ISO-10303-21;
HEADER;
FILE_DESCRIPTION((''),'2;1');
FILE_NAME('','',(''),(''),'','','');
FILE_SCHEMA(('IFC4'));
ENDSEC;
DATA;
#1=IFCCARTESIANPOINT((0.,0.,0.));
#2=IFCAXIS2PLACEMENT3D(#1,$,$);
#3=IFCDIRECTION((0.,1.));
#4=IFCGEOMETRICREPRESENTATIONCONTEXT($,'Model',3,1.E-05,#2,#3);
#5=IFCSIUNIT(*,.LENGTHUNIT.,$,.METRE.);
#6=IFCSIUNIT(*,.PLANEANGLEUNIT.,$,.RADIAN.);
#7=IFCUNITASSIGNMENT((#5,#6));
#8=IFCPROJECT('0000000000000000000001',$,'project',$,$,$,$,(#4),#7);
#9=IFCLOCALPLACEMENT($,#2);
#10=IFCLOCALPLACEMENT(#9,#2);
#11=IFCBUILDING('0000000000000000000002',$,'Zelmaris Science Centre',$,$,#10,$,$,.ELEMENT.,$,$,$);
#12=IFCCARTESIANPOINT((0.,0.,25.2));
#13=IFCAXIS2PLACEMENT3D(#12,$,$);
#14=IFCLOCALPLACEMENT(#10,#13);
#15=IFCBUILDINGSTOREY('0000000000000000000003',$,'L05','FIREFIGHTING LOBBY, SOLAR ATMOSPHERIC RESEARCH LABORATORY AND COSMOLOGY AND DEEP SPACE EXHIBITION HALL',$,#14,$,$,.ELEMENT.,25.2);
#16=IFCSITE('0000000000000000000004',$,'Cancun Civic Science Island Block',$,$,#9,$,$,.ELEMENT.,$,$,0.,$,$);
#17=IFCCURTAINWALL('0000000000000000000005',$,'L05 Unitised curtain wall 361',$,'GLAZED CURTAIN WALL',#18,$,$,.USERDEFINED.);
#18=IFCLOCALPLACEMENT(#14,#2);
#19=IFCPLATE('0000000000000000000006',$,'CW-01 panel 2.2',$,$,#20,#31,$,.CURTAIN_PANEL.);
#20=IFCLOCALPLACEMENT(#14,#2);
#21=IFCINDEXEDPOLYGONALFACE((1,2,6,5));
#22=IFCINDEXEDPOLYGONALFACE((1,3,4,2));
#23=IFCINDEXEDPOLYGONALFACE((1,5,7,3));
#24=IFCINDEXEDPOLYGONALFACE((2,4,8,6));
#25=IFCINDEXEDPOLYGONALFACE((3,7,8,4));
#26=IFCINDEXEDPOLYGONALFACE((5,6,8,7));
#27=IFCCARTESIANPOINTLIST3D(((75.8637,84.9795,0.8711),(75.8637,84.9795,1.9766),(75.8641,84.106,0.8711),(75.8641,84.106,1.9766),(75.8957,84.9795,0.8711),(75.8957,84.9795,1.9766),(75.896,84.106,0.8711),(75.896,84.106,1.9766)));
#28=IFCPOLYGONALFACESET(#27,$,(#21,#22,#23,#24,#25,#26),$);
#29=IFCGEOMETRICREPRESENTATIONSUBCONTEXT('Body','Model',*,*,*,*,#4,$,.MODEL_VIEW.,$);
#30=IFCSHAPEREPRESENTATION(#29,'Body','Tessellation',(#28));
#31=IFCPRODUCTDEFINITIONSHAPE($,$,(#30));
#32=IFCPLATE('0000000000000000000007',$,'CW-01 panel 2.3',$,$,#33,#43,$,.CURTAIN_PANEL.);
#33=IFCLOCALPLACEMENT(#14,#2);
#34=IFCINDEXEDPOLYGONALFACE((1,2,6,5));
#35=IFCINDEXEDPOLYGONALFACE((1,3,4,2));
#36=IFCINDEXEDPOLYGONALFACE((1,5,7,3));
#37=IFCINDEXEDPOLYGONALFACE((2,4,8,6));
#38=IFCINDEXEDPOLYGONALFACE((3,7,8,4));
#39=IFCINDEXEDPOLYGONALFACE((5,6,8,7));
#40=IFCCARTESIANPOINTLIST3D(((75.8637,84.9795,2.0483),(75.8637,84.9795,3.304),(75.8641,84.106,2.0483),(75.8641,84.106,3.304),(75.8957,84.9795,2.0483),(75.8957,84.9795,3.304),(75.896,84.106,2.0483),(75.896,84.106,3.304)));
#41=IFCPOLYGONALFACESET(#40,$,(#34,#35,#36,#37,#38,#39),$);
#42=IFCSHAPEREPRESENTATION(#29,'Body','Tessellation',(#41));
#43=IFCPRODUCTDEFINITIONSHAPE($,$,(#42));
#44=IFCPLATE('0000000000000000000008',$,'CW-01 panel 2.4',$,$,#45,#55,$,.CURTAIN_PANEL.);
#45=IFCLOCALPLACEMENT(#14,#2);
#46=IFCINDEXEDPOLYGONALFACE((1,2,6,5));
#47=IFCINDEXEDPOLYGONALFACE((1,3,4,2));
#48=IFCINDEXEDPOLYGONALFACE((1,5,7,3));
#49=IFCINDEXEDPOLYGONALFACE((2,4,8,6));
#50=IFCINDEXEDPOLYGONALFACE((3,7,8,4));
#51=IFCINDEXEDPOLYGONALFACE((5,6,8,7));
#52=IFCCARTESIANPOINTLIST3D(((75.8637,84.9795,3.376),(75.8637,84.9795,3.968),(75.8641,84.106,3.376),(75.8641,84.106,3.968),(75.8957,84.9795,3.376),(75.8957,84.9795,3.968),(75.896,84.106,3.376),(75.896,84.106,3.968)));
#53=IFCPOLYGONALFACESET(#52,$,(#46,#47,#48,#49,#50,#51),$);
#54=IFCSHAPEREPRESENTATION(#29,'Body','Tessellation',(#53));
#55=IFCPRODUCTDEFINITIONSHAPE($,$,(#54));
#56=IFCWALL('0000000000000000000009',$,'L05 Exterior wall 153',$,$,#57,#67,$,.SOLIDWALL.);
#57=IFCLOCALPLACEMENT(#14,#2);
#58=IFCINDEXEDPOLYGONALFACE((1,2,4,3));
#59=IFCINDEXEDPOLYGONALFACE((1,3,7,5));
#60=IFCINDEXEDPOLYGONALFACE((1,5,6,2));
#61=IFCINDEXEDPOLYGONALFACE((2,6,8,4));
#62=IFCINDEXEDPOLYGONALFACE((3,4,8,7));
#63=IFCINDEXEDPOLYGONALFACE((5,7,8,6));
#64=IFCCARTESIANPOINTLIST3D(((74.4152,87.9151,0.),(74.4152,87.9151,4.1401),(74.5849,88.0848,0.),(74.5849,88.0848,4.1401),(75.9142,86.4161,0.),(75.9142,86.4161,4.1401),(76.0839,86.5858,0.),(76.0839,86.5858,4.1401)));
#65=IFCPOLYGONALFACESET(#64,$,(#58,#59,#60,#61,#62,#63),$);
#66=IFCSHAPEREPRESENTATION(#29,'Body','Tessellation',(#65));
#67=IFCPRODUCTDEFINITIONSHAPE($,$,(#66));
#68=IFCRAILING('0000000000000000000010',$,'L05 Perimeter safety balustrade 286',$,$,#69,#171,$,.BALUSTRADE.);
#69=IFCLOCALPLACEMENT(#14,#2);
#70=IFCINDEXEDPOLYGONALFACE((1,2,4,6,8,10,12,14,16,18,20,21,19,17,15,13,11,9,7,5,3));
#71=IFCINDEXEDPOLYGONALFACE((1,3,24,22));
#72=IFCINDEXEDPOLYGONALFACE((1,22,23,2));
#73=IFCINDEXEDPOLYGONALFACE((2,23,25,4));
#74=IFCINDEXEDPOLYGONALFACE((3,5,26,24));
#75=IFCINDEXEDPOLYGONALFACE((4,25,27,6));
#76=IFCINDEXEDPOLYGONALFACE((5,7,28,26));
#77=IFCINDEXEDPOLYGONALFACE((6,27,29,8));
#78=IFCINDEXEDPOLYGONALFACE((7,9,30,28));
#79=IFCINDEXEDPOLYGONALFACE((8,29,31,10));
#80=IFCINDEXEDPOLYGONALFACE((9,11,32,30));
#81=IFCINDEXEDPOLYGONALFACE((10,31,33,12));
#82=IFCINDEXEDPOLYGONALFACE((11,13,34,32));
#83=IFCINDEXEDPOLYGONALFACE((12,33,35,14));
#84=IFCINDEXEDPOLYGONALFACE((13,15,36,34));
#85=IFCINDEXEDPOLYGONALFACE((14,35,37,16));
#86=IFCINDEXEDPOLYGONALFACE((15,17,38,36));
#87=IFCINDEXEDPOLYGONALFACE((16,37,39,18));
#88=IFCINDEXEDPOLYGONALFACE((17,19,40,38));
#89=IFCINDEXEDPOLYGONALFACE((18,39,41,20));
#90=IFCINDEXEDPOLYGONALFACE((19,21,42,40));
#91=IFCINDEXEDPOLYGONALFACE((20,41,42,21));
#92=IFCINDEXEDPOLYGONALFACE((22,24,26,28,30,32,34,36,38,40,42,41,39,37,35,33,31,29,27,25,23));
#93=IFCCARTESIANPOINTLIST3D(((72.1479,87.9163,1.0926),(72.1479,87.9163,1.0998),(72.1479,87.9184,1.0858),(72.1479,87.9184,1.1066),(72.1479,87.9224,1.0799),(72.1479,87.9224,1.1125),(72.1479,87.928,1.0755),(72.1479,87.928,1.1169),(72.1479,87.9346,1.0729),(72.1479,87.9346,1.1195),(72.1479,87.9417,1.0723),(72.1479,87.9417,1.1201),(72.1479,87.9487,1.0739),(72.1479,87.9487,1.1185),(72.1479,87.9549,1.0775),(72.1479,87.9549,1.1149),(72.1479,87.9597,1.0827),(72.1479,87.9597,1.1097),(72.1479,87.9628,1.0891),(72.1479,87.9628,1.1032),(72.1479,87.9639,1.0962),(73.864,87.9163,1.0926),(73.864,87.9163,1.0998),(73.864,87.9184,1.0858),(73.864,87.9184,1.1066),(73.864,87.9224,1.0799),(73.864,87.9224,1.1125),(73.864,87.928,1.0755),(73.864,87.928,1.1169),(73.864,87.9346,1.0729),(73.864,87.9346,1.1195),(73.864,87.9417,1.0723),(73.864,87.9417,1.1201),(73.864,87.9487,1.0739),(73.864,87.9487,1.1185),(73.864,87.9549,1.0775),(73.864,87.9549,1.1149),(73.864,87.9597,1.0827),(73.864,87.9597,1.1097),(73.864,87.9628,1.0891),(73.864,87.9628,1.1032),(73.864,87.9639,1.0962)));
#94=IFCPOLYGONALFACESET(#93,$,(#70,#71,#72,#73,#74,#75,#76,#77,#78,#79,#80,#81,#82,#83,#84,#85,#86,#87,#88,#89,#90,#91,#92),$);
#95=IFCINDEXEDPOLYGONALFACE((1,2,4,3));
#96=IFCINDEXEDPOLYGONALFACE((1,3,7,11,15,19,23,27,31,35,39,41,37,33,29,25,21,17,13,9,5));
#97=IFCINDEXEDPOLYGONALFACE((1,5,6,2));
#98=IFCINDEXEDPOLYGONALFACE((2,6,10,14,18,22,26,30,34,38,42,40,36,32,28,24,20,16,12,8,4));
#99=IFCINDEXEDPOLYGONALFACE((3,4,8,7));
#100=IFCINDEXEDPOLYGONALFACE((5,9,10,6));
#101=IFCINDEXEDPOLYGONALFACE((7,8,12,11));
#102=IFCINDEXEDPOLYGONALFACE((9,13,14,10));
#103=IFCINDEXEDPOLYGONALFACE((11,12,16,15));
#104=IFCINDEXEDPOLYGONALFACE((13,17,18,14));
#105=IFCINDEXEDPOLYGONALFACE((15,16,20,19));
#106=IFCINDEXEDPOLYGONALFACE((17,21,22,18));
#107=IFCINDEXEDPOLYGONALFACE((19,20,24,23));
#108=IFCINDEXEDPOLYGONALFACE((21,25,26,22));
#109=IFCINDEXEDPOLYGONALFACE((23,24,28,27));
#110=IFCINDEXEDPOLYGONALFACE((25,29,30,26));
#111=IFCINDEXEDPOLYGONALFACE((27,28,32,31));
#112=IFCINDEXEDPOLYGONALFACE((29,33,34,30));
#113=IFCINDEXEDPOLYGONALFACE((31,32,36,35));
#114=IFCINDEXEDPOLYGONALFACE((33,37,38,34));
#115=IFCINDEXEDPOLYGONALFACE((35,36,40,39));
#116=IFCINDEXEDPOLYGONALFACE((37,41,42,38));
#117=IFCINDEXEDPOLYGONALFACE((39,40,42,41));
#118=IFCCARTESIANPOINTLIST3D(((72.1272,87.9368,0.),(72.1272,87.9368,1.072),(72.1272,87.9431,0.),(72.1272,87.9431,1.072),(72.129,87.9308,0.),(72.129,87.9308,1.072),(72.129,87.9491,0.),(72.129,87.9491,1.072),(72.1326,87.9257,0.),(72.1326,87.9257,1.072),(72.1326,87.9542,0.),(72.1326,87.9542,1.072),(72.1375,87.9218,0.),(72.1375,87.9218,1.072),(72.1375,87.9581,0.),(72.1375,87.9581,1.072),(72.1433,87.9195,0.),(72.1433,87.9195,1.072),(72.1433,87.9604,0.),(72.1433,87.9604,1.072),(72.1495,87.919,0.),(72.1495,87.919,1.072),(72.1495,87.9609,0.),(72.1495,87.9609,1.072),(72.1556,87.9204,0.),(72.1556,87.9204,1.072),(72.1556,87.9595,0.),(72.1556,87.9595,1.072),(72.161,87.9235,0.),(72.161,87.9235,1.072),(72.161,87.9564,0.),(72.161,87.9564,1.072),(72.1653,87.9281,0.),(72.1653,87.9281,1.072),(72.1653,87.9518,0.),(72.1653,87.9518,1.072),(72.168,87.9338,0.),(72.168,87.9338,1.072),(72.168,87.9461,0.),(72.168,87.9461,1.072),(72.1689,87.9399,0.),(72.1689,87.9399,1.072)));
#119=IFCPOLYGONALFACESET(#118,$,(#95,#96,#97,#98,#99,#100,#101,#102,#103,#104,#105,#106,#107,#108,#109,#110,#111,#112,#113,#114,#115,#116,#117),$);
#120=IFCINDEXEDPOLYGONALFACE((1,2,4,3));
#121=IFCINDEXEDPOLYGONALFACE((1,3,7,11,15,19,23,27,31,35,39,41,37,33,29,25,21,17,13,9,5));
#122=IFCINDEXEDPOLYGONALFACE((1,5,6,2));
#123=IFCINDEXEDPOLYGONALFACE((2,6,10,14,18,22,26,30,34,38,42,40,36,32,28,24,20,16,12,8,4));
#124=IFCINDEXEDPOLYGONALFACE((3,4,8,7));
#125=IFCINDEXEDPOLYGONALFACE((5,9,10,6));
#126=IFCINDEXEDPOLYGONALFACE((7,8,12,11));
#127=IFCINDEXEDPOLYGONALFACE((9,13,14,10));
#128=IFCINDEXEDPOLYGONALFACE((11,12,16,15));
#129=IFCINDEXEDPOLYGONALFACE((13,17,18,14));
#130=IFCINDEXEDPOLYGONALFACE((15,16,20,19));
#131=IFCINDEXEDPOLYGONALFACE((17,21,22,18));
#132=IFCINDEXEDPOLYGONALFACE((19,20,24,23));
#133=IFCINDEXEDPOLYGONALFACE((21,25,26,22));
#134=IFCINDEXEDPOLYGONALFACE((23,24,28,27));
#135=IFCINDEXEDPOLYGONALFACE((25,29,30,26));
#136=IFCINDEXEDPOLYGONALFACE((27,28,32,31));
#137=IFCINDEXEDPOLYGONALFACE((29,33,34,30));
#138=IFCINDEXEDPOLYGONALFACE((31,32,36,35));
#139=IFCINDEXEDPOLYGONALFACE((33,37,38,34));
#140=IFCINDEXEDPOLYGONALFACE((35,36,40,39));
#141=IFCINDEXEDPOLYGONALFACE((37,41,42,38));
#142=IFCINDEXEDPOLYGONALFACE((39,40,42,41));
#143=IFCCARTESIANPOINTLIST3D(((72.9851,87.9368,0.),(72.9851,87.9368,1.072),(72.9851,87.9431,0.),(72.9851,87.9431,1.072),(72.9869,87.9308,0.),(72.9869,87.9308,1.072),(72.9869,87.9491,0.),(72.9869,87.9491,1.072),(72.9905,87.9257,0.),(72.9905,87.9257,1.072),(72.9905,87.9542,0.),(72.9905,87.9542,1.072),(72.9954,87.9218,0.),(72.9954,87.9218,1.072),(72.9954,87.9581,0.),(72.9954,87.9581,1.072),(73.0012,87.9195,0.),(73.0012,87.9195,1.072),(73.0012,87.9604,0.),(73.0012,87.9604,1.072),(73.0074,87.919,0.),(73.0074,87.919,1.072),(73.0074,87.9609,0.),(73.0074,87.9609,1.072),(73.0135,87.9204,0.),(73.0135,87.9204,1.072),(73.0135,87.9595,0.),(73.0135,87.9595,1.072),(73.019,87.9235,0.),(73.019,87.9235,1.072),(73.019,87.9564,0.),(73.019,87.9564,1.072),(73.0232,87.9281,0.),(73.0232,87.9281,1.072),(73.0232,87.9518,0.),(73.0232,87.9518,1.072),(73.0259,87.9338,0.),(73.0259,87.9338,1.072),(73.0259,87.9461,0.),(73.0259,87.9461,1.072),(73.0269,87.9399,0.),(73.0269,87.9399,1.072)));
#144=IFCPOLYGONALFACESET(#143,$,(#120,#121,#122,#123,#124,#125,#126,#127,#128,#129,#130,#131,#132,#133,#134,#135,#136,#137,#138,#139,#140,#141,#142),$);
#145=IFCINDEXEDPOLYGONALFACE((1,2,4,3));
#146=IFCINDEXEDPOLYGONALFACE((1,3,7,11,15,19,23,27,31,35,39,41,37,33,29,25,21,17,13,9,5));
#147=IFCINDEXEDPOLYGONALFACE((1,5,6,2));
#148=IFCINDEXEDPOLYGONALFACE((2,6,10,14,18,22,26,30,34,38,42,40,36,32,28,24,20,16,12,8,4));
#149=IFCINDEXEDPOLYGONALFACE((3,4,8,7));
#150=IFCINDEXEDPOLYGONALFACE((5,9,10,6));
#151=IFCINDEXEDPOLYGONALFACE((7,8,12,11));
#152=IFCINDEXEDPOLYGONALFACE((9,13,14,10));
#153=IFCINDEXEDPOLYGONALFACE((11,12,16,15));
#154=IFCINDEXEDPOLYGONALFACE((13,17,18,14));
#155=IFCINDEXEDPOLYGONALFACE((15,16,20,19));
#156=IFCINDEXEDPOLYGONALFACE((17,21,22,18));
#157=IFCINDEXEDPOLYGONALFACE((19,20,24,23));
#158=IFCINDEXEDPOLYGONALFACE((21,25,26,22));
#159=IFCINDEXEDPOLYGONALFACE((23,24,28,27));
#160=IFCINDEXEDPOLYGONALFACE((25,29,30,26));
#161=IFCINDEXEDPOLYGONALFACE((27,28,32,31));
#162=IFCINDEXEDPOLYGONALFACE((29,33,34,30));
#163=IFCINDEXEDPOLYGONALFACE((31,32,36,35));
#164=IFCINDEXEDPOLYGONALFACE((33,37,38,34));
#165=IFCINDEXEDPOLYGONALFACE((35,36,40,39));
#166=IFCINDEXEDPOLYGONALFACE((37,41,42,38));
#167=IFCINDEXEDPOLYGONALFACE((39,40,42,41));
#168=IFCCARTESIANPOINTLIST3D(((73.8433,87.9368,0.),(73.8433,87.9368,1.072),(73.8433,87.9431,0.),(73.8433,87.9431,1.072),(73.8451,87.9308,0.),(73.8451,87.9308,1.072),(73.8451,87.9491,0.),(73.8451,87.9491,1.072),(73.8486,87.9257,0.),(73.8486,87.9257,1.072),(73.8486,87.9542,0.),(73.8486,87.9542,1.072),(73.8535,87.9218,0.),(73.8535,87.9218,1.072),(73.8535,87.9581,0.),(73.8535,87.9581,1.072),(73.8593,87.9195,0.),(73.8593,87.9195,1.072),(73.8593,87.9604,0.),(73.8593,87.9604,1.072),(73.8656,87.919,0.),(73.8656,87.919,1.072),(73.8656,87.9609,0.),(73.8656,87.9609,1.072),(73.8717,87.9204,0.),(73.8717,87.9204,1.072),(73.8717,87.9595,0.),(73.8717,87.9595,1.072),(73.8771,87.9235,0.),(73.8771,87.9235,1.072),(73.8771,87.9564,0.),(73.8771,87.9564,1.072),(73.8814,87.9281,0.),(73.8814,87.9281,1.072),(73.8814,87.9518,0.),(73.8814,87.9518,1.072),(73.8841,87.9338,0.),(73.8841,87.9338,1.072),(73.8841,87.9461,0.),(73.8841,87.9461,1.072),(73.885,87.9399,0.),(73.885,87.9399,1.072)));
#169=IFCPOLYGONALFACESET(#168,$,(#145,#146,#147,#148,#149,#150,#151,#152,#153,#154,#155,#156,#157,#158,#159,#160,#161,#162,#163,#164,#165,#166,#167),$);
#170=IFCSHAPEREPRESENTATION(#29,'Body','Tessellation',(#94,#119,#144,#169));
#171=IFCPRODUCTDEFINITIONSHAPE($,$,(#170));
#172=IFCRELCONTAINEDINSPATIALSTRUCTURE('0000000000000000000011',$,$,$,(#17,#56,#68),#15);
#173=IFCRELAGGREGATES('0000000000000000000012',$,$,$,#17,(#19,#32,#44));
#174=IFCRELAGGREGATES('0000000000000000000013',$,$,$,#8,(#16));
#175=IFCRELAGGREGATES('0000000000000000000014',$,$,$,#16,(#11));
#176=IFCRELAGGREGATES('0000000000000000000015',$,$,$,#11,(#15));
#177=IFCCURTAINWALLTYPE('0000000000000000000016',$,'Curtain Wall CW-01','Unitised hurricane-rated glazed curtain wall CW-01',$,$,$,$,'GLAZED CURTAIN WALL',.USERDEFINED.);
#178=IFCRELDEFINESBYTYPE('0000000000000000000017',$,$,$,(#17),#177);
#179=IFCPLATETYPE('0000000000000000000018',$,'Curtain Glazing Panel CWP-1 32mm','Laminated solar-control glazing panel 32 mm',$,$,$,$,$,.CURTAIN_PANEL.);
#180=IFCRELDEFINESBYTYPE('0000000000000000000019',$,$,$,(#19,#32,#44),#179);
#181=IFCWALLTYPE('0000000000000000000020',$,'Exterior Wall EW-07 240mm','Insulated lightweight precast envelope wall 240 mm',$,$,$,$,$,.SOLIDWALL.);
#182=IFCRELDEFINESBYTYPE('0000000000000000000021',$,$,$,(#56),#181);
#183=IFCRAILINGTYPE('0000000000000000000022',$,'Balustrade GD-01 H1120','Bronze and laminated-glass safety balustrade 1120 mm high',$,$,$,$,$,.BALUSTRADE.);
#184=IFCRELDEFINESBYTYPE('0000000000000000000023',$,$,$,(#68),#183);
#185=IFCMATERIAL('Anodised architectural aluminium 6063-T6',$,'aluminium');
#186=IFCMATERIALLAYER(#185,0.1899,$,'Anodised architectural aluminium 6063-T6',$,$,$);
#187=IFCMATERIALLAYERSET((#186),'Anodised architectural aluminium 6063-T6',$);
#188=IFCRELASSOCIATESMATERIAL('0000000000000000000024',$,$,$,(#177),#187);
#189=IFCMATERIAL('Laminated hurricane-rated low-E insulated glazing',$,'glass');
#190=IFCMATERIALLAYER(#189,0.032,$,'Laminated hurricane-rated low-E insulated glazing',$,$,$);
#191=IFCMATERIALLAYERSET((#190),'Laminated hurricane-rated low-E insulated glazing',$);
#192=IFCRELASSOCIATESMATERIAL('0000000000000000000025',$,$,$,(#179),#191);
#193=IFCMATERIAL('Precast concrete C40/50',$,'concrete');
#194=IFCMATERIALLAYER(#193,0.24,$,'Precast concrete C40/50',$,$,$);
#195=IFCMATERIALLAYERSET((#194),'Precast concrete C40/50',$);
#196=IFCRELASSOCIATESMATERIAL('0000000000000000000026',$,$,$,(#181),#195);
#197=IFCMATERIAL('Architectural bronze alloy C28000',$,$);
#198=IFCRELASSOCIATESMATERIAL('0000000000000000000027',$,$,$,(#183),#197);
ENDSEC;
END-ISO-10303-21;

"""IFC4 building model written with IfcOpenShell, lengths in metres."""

from ifc_helpers import new_model, si_unit, direction, frame, frame_2d, origin, origin_2d, place, context, subcontext, project, spatial, rectangle, circle, extrude, material, layer, layer_set, type_object, element, aggregate, save


model = new_model("IFC4")

# Units and contexts
model_context = context("Model", 3, precision=1e-05, world=origin(), true_north=direction((0.0, 1.0)))
body_context = subcontext(model_context, "Body", "Model", "MODEL_VIEW")
ifc_project = project(units=[si_unit("LENGTHUNIT", "METRE"), si_unit("PLANEANGLEUNIT", "RADIAN")], contexts=[model_context])

# Site, building, storey
site_placement = place(None, origin())
site = spatial("IfcSite", under=ifc_project, at=site_placement, Name="Cancun Civic Science Island Block", CompositionType="ELEMENT", RefElevation=0.0)
building_placement = place(site_placement, origin())
building = spatial("IfcBuilding", under=site, at=building_placement, Name="Zelmaris Science Centre", CompositionType="ELEMENT")
storey_placement = place(building_placement, frame((0.0, 0.0, 25.2)))
storey = spatial("IfcBuildingStorey", under=building, at=storey_placement, Name="L05", Description="FIREFIGHTING LOBBY, SOLAR ATMOSPHERIC RESEARCH LABORATORY AND COSMOLOGY AND DEEP SPACE EXHIBITION HALL", CompositionType="ELEMENT", Elevation=25.2)

# Curtain wall, plates
ifc_material_1 = material(Name="Anodised architectural aluminium 6063-T6", Category="aluminium")
ifc_layer_1 = layer(ifc_material_1, 0.1899, Name="Anodised architectural aluminium 6063-T6")
ifc_layer_set_1 = layer_set([ifc_layer_1], Name="Anodised architectural aluminium 6063-T6")
curtain_wall_type = type_object("IfcCurtainWallType", Name="Curtain Wall CW-01", Description="Unitised hurricane-rated glazed curtain wall CW-01", ElementType="GLAZED CURTAIN WALL", PredefinedType="USERDEFINED", material=ifc_layer_set_1)
curtain_wall_placement = place(storey_placement, origin())
curtain_wall = element("IfcCurtainWall", 1, at=curtain_wall_placement, inside=storey, type_object=curtain_wall_type, Name="L05 Unitised curtain wall 361", ObjectType="GLAZED CURTAIN WALL", PredefinedType="USERDEFINED")
ifc_material_2 = material(Name="Laminated hurricane-rated low-E insulated glazing", Category="glass")
ifc_layer_2 = layer(ifc_material_2, 0.032, Name="Laminated hurricane-rated low-E insulated glazing")
ifc_layer_set_2 = layer_set([ifc_layer_2], Name="Laminated hurricane-rated low-E insulated glazing")
plate_type = type_object("IfcPlateType", Name="Curtain Glazing Panel CWP-1 32mm", Description="Laminated solar-control glazing panel 32 mm", PredefinedType="CURTAIN_PANEL", material=ifc_layer_set_2)
plate_1_placement = place(storey_placement, frame((75.8799, 84.5427, 0.8711), z_axis=(0.0, 0.0, 1.0), x_axis=(0.000397, -1.0, 0.0)))
plate_1 = element("IfcPlate", 2, at=plate_1_placement, type_object=plate_type, Name="CW-01 panel 2.2", PredefinedType="CURTAIN_PANEL", context=body_context, shape_type="SweptSolid", body=[
    extrude(rectangle(XDim=0.8735, YDim=0.032, at=origin_2d()), origin(), (0.0, 0.0, 1.0), 1.1055),
])
plate_2_placement = place(storey_placement, frame((75.8799, 84.5427, 2.0483), z_axis=(0.0, 0.0, 1.0), x_axis=(0.000397, -1.0, 0.0)))
plate_2 = element("IfcPlate", 3, at=plate_2_placement, type_object=plate_type, Name="CW-01 panel 2.3", PredefinedType="CURTAIN_PANEL", context=body_context, shape_type="SweptSolid", body=[
    extrude(rectangle(XDim=0.8735, YDim=0.032, at=origin_2d()), origin(), (0.0, 0.0, 1.0), 1.2556),
])
plate_3_placement = place(storey_placement, frame((75.8799, 84.5427, 3.376), z_axis=(0.0, 0.0, 1.0), x_axis=(0.000397, -1.0, 0.0)))
plate_3 = element("IfcPlate", 4, at=plate_3_placement, type_object=plate_type, Name="CW-01 panel 2.4", PredefinedType="CURTAIN_PANEL", context=body_context, shape_type="SweptSolid", body=[
    extrude(rectangle(XDim=0.8735, YDim=0.032, at=origin_2d()), origin(), (0.0, 0.0, 1.0), 0.592),
])
aggregate(curtain_wall, [plate_1, plate_2, plate_3])

# Wall
ifc_material_3 = material(Name="Precast concrete C40/50", Category="concrete")
ifc_layer_3 = layer(ifc_material_3, 0.24, Name="Precast concrete C40/50")
ifc_layer_set_3 = layer_set([ifc_layer_3], Name="Precast concrete C40/50")
wall_type = type_object("IfcWallType", Name="Exterior Wall EW-07 240mm", Description="Insulated lightweight precast envelope wall 240 mm", PredefinedType="SOLIDWALL", material=ifc_layer_set_3)
wall_placement = place(storey_placement, frame((74.5, 88.0, 0.0), z_axis=(0.0, 0.0, 1.0), x_axis=(0.707107, -0.707107, 0.0)))
element("IfcWall", 5, at=wall_placement, inside=storey, type_object=wall_type, Name="L05 Exterior wall 153", PredefinedType="SOLIDWALL", context=body_context, shape_type="SweptSolid", body=[
    extrude(rectangle(XDim=2.1199, YDim=0.24, at=frame_2d((1.0601, 0.0))), origin(), (0.0, 0.0, 1.0), 4.1401),
])

# Railing
ifc_material_4 = material(Name="Architectural bronze alloy C28000")
railing_type = type_object("IfcRailingType", Name="Balustrade GD-01 H1120", Description="Bronze and laminated-glass safety balustrade 1120 mm high", PredefinedType="BALUSTRADE", material=ifc_material_4)
railing_placement = place(storey_placement, frame((72.1479, 87.9399, 0.0)))
element("IfcRailing", 6, at=railing_placement, inside=storey, type_object=railing_type, Name="L05 Perimeter safety balustrade 286", PredefinedType="BALUSTRADE", context=body_context, shape_type="SweptSolid", body=[
    extrude(circle(Radius=0.0239, at=origin_2d()), frame((0.0, 0.0, 1.0962), z_axis=(1.0, 0.0, 0.0), x_axis=(0.0, 1.0, 0.0)), (0.0, 0.0, 1.0), 1.7161),
    extrude(circle(Radius=0.021, at=origin_2d()), origin(), (0.0, 0.0, 1.0), 1.072),
    extrude(circle(Radius=0.021, at=origin_2d()), frame((0.8579, 0.0, 0.0)), (0.0, 0.0, 1.0), 1.072),
    extrude(circle(Radius=0.021, at=origin_2d()), frame((1.7161, 0.0, 0.0)), (0.0, 0.0, 1.0), 1.072),
])

save(model, "model.ifc")
